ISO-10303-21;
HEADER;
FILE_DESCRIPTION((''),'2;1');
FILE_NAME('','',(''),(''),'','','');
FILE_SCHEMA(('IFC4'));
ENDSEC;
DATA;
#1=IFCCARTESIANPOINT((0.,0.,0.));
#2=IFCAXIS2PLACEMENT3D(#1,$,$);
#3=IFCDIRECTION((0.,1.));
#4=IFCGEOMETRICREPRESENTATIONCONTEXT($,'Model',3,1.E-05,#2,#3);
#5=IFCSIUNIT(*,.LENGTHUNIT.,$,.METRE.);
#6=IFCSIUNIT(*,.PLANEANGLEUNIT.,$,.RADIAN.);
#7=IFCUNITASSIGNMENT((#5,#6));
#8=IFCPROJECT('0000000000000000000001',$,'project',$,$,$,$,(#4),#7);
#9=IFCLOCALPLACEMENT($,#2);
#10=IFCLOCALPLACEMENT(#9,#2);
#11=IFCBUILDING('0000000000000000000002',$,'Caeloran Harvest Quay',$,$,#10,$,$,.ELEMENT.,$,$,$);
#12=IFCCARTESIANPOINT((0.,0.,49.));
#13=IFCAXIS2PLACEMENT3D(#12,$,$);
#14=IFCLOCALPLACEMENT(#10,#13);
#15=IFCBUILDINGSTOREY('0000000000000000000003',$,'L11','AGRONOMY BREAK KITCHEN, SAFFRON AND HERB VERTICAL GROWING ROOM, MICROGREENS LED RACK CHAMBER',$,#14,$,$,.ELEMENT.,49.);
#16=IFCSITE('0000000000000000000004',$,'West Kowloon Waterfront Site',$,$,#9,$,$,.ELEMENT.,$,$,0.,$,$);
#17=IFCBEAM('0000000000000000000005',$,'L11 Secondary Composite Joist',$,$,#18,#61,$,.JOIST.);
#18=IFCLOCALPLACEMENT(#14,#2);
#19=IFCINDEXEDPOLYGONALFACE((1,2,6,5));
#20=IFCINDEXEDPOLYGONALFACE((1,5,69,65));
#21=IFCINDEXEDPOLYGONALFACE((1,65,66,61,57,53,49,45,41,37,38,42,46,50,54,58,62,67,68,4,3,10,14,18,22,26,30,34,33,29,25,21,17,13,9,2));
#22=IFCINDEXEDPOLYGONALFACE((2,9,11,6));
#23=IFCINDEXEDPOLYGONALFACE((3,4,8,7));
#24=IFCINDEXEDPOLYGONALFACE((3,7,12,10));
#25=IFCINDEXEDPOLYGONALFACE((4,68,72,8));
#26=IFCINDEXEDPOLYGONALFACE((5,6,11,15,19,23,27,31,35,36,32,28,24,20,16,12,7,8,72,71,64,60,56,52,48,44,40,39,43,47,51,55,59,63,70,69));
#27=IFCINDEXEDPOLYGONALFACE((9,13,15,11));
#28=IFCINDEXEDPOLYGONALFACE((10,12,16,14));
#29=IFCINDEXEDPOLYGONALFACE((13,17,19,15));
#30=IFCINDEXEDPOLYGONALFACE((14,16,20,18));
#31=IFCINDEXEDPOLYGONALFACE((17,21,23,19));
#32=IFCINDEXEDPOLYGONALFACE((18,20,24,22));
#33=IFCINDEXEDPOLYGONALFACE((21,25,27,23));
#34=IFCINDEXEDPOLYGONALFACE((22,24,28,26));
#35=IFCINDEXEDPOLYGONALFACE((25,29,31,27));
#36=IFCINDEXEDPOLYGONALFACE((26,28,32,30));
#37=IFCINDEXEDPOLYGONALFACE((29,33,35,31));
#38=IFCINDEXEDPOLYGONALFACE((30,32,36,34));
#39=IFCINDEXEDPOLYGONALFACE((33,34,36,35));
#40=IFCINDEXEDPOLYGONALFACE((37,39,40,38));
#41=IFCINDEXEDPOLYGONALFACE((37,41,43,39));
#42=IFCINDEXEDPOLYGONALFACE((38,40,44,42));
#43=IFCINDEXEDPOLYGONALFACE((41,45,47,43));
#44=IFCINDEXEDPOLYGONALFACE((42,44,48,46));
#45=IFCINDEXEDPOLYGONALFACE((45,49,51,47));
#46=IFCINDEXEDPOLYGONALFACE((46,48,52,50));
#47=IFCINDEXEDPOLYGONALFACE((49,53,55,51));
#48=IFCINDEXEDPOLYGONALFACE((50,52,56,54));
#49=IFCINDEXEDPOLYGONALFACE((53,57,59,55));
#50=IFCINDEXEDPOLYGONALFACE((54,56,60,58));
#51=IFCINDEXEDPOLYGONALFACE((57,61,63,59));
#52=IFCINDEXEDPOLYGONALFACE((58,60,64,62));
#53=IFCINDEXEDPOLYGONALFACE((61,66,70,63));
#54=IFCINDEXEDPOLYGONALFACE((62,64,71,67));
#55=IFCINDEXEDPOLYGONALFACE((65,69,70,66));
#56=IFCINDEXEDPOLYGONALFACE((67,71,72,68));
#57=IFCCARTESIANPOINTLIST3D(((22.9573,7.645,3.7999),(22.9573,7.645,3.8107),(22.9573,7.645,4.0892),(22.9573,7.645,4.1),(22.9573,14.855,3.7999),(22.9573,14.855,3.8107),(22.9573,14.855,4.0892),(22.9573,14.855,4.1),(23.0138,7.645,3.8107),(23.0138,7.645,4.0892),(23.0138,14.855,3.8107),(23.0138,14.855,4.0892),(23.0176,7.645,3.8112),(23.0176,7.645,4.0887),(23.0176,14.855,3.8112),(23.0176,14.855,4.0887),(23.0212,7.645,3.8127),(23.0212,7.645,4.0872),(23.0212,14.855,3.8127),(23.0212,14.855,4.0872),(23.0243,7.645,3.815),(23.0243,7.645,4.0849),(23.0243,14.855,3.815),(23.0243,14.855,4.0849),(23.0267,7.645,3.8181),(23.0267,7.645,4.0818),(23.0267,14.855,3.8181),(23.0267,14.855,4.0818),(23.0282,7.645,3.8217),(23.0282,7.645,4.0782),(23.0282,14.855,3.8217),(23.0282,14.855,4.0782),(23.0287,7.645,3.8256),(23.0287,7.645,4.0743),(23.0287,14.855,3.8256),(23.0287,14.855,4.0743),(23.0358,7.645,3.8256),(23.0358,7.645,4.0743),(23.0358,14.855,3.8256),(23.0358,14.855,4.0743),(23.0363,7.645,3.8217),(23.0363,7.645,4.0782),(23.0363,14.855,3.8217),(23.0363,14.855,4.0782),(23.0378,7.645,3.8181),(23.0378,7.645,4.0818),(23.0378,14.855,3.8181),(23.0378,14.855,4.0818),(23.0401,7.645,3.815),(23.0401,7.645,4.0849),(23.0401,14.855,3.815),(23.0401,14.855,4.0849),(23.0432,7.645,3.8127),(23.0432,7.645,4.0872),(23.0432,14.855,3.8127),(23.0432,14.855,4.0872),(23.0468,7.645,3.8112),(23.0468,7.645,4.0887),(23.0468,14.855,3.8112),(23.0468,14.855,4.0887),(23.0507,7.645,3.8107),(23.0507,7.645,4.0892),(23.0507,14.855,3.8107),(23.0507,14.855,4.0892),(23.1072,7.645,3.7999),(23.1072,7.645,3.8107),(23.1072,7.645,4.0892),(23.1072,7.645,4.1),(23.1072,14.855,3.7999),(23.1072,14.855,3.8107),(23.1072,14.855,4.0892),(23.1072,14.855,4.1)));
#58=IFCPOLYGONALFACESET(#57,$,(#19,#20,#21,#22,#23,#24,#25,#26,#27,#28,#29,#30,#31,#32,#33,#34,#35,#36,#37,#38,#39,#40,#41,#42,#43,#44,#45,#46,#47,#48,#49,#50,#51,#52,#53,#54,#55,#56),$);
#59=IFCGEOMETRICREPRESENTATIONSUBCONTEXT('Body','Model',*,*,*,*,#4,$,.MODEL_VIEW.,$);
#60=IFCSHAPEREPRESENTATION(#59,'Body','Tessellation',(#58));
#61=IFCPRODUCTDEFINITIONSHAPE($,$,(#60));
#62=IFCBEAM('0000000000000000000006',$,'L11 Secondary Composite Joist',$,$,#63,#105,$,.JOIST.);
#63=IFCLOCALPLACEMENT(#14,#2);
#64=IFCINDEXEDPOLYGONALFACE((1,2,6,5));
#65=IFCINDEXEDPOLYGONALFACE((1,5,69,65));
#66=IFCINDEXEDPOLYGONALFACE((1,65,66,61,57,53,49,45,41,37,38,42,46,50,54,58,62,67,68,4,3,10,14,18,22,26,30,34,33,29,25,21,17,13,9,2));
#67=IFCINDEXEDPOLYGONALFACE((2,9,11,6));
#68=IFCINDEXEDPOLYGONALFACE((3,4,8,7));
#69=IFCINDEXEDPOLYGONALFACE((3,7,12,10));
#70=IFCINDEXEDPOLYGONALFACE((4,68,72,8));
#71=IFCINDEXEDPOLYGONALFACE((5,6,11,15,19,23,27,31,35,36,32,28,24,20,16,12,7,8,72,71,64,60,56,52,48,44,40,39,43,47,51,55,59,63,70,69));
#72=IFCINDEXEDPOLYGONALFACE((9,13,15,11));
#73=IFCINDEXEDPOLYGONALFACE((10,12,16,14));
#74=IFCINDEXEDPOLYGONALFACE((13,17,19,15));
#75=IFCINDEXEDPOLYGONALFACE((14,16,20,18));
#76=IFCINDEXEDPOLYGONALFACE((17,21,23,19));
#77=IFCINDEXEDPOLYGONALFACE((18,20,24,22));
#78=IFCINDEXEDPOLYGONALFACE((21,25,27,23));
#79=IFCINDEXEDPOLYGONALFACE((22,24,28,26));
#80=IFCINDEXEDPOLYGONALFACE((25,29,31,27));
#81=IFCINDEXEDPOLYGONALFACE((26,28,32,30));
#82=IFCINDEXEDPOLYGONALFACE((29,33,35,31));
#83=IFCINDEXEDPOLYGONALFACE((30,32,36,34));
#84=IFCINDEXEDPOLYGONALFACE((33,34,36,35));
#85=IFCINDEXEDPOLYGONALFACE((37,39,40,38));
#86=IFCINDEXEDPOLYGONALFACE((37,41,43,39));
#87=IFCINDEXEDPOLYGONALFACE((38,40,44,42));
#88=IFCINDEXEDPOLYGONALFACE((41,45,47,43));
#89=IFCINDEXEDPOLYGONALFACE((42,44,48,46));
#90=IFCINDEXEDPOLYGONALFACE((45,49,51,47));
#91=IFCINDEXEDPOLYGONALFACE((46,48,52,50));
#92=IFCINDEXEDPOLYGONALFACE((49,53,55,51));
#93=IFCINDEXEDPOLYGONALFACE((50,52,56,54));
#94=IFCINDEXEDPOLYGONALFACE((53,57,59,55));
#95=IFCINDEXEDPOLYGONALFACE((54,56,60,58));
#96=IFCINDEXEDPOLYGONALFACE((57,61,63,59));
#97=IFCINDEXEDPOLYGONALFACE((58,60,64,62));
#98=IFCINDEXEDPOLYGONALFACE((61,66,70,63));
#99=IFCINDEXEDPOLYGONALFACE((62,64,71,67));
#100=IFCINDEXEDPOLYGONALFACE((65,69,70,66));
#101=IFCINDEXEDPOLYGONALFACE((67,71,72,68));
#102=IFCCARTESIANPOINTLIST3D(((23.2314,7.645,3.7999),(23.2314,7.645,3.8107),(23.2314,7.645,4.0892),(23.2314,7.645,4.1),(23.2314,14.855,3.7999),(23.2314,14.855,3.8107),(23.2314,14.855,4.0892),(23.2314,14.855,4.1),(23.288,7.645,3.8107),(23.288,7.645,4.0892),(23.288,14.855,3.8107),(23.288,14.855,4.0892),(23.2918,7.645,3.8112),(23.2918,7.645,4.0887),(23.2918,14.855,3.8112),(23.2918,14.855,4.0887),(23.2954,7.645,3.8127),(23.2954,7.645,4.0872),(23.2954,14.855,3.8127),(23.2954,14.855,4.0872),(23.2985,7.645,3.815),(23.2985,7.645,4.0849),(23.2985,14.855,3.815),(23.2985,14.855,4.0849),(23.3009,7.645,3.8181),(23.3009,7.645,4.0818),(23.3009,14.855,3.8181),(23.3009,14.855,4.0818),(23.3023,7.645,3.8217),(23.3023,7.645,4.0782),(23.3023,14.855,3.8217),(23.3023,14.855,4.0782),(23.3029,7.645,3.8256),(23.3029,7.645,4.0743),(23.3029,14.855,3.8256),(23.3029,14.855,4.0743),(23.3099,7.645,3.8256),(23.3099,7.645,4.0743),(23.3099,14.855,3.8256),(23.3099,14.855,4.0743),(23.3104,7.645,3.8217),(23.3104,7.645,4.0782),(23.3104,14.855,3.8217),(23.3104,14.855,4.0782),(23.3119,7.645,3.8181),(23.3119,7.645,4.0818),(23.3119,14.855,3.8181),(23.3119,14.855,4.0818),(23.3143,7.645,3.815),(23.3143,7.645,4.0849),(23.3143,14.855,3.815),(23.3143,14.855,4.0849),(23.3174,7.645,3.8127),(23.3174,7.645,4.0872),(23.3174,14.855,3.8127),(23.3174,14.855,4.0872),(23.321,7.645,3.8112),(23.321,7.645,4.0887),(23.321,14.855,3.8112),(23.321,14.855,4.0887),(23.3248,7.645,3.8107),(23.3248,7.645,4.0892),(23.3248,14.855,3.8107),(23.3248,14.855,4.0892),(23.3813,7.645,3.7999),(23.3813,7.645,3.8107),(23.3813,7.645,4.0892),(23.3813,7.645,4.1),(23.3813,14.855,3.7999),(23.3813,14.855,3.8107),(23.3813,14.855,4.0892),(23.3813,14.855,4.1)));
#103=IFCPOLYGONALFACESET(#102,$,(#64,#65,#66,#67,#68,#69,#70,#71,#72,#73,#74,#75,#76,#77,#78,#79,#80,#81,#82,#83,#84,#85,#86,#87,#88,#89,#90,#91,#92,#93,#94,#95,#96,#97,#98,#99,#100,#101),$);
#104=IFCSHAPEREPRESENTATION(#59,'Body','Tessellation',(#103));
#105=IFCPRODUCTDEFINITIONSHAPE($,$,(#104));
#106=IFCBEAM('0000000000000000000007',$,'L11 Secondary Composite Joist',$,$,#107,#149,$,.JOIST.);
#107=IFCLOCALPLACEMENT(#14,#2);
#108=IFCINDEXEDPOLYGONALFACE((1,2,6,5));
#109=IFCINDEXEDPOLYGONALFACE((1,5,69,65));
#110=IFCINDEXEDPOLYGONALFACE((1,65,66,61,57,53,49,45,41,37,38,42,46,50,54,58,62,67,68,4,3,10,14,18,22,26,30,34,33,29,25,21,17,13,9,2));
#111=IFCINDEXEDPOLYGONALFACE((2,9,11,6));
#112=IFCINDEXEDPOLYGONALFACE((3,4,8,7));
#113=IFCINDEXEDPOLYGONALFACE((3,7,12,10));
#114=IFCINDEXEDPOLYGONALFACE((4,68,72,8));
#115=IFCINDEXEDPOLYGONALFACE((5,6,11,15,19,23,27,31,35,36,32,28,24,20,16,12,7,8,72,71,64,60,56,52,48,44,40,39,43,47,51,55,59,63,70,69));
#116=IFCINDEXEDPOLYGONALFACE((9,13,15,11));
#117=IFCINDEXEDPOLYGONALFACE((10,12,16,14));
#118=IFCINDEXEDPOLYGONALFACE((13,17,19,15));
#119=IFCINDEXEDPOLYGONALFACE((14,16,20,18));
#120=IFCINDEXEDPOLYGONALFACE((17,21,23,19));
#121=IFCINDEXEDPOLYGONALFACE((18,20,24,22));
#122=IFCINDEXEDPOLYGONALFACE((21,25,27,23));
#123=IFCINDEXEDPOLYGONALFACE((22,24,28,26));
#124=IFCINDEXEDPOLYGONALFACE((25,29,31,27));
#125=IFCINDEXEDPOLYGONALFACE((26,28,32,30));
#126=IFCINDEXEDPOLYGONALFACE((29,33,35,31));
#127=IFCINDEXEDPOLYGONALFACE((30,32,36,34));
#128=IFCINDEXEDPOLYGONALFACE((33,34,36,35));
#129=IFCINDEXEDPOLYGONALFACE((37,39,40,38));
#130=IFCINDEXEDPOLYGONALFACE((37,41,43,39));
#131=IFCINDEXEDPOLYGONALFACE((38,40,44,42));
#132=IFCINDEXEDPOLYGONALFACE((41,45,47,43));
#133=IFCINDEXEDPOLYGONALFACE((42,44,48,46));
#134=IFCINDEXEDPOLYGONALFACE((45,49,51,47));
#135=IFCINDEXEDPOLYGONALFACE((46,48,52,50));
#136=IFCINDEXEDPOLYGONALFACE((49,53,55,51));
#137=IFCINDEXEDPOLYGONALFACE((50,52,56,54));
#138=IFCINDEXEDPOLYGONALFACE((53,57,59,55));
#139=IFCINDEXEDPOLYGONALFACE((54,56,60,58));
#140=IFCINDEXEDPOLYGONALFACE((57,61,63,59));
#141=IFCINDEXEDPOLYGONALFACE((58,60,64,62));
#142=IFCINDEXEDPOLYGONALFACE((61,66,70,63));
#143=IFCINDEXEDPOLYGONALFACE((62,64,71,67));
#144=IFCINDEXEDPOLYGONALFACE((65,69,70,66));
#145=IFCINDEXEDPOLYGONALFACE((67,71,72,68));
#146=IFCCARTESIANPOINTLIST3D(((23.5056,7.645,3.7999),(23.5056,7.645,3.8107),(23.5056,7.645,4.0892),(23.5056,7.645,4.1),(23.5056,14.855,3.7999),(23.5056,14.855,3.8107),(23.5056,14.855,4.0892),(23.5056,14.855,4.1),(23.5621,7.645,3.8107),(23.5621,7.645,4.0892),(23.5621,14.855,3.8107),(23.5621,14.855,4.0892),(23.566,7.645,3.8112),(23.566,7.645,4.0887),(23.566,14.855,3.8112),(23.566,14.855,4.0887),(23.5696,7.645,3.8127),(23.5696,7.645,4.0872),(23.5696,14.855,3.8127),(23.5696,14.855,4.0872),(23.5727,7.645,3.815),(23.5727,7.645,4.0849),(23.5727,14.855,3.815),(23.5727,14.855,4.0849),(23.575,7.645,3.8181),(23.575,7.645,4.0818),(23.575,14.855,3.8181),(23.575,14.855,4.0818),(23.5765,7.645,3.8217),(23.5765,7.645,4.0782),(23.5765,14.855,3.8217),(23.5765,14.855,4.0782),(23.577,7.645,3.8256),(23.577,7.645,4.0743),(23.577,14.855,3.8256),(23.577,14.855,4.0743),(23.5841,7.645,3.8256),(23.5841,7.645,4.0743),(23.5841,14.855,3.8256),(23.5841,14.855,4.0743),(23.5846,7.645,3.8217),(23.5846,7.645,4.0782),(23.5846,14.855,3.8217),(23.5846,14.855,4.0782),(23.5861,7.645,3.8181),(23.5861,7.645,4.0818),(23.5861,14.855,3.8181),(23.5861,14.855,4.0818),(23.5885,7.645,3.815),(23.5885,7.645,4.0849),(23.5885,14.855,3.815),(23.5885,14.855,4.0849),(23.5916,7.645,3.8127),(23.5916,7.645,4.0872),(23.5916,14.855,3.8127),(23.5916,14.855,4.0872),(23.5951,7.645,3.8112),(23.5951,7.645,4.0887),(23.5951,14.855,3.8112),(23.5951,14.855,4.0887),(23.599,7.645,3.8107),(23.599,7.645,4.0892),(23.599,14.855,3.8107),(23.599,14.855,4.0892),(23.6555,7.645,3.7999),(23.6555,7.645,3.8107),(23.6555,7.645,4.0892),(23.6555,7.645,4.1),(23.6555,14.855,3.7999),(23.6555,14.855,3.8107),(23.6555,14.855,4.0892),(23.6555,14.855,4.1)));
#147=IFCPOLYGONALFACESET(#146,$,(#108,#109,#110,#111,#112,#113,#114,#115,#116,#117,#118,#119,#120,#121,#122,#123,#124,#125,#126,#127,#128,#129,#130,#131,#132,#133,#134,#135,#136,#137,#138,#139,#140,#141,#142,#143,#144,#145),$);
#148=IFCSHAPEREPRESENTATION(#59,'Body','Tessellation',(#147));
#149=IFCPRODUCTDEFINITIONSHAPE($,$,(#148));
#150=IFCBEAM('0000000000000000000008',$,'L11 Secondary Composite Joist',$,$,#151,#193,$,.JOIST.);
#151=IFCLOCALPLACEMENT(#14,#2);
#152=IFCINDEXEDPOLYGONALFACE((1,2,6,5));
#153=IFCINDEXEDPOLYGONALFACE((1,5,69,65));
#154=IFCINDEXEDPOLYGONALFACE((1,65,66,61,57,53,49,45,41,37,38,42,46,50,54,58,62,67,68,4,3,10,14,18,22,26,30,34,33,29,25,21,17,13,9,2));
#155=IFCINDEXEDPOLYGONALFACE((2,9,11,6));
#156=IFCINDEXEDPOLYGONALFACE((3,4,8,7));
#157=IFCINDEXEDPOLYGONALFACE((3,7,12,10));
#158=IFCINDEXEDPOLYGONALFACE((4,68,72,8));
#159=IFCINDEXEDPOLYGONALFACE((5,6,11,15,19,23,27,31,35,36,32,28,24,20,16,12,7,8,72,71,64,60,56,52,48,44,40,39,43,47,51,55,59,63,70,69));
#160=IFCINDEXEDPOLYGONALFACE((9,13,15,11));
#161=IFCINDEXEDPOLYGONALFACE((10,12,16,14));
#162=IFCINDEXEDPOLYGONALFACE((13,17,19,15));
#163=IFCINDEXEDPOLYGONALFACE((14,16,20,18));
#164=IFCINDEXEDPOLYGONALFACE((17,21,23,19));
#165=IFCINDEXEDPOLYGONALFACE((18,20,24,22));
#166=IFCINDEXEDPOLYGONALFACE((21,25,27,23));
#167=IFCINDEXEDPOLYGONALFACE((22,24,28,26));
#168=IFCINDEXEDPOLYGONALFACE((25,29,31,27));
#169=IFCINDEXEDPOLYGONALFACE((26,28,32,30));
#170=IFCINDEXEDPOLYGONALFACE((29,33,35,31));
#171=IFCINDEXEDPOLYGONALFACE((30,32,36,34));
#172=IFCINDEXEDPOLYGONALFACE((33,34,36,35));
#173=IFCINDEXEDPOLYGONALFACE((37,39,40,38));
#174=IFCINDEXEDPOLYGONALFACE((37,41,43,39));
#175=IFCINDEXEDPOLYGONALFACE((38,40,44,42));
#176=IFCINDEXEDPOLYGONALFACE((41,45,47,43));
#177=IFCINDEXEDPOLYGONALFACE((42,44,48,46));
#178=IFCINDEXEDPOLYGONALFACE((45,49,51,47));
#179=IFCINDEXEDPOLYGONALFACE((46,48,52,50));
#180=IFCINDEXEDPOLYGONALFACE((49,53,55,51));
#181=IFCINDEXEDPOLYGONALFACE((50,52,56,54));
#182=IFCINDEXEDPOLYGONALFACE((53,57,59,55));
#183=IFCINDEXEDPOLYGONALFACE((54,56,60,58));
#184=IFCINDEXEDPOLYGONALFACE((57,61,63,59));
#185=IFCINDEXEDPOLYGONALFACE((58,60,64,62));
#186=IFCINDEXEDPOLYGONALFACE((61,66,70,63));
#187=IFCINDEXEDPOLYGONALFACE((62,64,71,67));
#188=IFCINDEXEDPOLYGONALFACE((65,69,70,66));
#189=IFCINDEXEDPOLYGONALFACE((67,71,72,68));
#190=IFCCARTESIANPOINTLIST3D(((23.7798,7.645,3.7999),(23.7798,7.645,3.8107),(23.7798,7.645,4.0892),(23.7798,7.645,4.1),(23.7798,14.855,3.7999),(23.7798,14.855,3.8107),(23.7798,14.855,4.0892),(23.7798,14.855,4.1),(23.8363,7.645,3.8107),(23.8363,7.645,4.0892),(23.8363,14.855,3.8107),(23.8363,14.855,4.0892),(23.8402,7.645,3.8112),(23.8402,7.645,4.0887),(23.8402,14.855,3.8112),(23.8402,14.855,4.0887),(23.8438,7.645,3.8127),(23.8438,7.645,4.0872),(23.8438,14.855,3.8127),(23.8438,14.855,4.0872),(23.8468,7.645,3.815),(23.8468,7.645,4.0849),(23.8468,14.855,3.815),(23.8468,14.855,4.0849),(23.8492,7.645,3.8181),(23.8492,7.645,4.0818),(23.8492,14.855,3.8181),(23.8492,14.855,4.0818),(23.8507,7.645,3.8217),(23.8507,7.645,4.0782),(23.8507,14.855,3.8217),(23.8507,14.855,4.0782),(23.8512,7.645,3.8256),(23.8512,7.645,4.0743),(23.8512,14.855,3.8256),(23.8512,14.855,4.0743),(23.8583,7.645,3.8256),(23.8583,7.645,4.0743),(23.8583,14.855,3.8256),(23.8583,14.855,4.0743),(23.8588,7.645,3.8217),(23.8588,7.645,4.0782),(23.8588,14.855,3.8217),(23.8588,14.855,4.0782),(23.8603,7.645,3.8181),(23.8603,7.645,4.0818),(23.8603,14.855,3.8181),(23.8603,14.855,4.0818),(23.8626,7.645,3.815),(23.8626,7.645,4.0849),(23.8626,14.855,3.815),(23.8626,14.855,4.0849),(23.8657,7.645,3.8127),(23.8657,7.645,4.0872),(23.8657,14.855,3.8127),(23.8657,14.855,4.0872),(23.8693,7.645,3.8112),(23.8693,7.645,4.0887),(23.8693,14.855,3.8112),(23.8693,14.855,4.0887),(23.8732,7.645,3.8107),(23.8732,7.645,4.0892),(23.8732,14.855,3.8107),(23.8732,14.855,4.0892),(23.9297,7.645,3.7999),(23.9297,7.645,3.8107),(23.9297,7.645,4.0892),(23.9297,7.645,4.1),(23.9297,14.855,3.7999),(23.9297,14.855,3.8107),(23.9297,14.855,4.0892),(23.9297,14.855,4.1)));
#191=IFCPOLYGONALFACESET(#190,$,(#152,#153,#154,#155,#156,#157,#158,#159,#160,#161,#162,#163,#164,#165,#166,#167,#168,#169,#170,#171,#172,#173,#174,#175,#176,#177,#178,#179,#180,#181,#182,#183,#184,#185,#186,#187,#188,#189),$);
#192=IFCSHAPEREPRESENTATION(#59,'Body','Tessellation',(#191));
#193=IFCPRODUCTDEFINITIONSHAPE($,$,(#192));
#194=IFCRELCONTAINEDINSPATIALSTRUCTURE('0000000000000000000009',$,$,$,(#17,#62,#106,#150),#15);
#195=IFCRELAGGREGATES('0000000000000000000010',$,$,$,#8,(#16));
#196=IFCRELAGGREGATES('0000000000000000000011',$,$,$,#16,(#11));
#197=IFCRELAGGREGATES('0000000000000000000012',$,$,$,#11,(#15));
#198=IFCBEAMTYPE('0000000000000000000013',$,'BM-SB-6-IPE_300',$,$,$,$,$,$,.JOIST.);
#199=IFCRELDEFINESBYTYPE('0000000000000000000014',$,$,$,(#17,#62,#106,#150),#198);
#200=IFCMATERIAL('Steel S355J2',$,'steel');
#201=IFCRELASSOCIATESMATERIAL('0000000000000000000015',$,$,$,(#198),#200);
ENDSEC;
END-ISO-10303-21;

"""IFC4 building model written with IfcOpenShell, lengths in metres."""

from ifc_helpers import new_model, si_unit, direction, frame, origin, origin_2d, place, context, subcontext, project, spatial, i_section, extrude, material, material_profile, profile_set, type_object, element, save


model = new_model("IFC4")

# Units and contexts
model_context = context("Model", 3, precision=1e-05, world=origin(), true_north=direction((0.0, 1.0)))
body_context = subcontext(model_context, "Body", "Model", "MODEL_VIEW")
ifc_project = project(units=[si_unit("LENGTHUNIT", "METRE"), si_unit("PLANEANGLEUNIT", "RADIAN")], contexts=[model_context])

# Site, building, storey
site_placement = place(None, origin())
site = spatial("IfcSite", under=ifc_project, at=site_placement, Name="West Kowloon Waterfront Site", CompositionType="ELEMENT", RefElevation=0.0)
building_placement = place(site_placement, origin())
building = spatial("IfcBuilding", under=site, at=building_placement, Name="Caeloran Harvest Quay", CompositionType="ELEMENT")
storey_placement = place(building_placement, frame((0.0, 0.0, 49.0)))
storey = spatial("IfcBuildingStorey", under=building, at=storey_placement, Name="L11", Description="AGRONOMY BREAK KITCHEN, SAFFRON AND HERB VERTICAL GROWING ROOM, MICROGREENS LED RACK CHAMBER", CompositionType="ELEMENT", Elevation=49.0)

# Beams
ifc_material_1 = material(Name="Steel S355J2", Category="steel")
ifc_material_profile_1 = material_profile(ifc_material_1, i_section(OverallWidth=0.1499, OverallDepth=0.3, WebThickness=0.0071, FlangeThickness=0.0107, FilletRadius=0.0149, at=origin_2d()), Name="IPE 300")
ifc_profile_set_1 = profile_set([ifc_material_profile_1], Name="Steel S355J2")
beam_type_1 = type_object("IfcBeamType", Name="BM-SB-6-IPE_300", PredefinedType="JOIST", material=ifc_profile_set_1)
for number, where, z_axis, x_axis, name in (
    (1, (23.0322, 7.645, 3.95), (0.0, 1.0, 0.0), (-1.0, 0.0, 0.0), "L11 Secondary Composite Joist"),
    (2, (23.3064, 7.645, 3.95), (0.0, 1.0, 0.0), (-1.0, 0.0, 0.0), "L11 Secondary Composite Joist"),
    (3, (23.5806, 7.645, 3.95), (0.0, 1.0, 0.0), (-1.0, 0.0, 0.0), "L11 Secondary Composite Joist"),
    (4, (23.8547, 7.645, 3.95), (0.0, 1.0, 0.0), (-1.0, 0.0, 0.0), "L11 Secondary Composite Joist"),
):
    element("IfcBeam", number, at=place(storey_placement, frame(where, z_axis=z_axis, x_axis=x_axis)), inside=storey, type_object=beam_type_1, Name=name, PredefinedType="JOIST", context=body_context, shape_type="SweptSolid", body=[
        extrude(i_section(OverallWidth=0.1499, OverallDepth=0.3, WebThickness=0.0071, FlangeThickness=0.0107, FilletRadius=0.0149, at=origin_2d()), origin(), (0.0, 0.0, 1.0), 7.21),
    ])

save(model, "model.ifc")
